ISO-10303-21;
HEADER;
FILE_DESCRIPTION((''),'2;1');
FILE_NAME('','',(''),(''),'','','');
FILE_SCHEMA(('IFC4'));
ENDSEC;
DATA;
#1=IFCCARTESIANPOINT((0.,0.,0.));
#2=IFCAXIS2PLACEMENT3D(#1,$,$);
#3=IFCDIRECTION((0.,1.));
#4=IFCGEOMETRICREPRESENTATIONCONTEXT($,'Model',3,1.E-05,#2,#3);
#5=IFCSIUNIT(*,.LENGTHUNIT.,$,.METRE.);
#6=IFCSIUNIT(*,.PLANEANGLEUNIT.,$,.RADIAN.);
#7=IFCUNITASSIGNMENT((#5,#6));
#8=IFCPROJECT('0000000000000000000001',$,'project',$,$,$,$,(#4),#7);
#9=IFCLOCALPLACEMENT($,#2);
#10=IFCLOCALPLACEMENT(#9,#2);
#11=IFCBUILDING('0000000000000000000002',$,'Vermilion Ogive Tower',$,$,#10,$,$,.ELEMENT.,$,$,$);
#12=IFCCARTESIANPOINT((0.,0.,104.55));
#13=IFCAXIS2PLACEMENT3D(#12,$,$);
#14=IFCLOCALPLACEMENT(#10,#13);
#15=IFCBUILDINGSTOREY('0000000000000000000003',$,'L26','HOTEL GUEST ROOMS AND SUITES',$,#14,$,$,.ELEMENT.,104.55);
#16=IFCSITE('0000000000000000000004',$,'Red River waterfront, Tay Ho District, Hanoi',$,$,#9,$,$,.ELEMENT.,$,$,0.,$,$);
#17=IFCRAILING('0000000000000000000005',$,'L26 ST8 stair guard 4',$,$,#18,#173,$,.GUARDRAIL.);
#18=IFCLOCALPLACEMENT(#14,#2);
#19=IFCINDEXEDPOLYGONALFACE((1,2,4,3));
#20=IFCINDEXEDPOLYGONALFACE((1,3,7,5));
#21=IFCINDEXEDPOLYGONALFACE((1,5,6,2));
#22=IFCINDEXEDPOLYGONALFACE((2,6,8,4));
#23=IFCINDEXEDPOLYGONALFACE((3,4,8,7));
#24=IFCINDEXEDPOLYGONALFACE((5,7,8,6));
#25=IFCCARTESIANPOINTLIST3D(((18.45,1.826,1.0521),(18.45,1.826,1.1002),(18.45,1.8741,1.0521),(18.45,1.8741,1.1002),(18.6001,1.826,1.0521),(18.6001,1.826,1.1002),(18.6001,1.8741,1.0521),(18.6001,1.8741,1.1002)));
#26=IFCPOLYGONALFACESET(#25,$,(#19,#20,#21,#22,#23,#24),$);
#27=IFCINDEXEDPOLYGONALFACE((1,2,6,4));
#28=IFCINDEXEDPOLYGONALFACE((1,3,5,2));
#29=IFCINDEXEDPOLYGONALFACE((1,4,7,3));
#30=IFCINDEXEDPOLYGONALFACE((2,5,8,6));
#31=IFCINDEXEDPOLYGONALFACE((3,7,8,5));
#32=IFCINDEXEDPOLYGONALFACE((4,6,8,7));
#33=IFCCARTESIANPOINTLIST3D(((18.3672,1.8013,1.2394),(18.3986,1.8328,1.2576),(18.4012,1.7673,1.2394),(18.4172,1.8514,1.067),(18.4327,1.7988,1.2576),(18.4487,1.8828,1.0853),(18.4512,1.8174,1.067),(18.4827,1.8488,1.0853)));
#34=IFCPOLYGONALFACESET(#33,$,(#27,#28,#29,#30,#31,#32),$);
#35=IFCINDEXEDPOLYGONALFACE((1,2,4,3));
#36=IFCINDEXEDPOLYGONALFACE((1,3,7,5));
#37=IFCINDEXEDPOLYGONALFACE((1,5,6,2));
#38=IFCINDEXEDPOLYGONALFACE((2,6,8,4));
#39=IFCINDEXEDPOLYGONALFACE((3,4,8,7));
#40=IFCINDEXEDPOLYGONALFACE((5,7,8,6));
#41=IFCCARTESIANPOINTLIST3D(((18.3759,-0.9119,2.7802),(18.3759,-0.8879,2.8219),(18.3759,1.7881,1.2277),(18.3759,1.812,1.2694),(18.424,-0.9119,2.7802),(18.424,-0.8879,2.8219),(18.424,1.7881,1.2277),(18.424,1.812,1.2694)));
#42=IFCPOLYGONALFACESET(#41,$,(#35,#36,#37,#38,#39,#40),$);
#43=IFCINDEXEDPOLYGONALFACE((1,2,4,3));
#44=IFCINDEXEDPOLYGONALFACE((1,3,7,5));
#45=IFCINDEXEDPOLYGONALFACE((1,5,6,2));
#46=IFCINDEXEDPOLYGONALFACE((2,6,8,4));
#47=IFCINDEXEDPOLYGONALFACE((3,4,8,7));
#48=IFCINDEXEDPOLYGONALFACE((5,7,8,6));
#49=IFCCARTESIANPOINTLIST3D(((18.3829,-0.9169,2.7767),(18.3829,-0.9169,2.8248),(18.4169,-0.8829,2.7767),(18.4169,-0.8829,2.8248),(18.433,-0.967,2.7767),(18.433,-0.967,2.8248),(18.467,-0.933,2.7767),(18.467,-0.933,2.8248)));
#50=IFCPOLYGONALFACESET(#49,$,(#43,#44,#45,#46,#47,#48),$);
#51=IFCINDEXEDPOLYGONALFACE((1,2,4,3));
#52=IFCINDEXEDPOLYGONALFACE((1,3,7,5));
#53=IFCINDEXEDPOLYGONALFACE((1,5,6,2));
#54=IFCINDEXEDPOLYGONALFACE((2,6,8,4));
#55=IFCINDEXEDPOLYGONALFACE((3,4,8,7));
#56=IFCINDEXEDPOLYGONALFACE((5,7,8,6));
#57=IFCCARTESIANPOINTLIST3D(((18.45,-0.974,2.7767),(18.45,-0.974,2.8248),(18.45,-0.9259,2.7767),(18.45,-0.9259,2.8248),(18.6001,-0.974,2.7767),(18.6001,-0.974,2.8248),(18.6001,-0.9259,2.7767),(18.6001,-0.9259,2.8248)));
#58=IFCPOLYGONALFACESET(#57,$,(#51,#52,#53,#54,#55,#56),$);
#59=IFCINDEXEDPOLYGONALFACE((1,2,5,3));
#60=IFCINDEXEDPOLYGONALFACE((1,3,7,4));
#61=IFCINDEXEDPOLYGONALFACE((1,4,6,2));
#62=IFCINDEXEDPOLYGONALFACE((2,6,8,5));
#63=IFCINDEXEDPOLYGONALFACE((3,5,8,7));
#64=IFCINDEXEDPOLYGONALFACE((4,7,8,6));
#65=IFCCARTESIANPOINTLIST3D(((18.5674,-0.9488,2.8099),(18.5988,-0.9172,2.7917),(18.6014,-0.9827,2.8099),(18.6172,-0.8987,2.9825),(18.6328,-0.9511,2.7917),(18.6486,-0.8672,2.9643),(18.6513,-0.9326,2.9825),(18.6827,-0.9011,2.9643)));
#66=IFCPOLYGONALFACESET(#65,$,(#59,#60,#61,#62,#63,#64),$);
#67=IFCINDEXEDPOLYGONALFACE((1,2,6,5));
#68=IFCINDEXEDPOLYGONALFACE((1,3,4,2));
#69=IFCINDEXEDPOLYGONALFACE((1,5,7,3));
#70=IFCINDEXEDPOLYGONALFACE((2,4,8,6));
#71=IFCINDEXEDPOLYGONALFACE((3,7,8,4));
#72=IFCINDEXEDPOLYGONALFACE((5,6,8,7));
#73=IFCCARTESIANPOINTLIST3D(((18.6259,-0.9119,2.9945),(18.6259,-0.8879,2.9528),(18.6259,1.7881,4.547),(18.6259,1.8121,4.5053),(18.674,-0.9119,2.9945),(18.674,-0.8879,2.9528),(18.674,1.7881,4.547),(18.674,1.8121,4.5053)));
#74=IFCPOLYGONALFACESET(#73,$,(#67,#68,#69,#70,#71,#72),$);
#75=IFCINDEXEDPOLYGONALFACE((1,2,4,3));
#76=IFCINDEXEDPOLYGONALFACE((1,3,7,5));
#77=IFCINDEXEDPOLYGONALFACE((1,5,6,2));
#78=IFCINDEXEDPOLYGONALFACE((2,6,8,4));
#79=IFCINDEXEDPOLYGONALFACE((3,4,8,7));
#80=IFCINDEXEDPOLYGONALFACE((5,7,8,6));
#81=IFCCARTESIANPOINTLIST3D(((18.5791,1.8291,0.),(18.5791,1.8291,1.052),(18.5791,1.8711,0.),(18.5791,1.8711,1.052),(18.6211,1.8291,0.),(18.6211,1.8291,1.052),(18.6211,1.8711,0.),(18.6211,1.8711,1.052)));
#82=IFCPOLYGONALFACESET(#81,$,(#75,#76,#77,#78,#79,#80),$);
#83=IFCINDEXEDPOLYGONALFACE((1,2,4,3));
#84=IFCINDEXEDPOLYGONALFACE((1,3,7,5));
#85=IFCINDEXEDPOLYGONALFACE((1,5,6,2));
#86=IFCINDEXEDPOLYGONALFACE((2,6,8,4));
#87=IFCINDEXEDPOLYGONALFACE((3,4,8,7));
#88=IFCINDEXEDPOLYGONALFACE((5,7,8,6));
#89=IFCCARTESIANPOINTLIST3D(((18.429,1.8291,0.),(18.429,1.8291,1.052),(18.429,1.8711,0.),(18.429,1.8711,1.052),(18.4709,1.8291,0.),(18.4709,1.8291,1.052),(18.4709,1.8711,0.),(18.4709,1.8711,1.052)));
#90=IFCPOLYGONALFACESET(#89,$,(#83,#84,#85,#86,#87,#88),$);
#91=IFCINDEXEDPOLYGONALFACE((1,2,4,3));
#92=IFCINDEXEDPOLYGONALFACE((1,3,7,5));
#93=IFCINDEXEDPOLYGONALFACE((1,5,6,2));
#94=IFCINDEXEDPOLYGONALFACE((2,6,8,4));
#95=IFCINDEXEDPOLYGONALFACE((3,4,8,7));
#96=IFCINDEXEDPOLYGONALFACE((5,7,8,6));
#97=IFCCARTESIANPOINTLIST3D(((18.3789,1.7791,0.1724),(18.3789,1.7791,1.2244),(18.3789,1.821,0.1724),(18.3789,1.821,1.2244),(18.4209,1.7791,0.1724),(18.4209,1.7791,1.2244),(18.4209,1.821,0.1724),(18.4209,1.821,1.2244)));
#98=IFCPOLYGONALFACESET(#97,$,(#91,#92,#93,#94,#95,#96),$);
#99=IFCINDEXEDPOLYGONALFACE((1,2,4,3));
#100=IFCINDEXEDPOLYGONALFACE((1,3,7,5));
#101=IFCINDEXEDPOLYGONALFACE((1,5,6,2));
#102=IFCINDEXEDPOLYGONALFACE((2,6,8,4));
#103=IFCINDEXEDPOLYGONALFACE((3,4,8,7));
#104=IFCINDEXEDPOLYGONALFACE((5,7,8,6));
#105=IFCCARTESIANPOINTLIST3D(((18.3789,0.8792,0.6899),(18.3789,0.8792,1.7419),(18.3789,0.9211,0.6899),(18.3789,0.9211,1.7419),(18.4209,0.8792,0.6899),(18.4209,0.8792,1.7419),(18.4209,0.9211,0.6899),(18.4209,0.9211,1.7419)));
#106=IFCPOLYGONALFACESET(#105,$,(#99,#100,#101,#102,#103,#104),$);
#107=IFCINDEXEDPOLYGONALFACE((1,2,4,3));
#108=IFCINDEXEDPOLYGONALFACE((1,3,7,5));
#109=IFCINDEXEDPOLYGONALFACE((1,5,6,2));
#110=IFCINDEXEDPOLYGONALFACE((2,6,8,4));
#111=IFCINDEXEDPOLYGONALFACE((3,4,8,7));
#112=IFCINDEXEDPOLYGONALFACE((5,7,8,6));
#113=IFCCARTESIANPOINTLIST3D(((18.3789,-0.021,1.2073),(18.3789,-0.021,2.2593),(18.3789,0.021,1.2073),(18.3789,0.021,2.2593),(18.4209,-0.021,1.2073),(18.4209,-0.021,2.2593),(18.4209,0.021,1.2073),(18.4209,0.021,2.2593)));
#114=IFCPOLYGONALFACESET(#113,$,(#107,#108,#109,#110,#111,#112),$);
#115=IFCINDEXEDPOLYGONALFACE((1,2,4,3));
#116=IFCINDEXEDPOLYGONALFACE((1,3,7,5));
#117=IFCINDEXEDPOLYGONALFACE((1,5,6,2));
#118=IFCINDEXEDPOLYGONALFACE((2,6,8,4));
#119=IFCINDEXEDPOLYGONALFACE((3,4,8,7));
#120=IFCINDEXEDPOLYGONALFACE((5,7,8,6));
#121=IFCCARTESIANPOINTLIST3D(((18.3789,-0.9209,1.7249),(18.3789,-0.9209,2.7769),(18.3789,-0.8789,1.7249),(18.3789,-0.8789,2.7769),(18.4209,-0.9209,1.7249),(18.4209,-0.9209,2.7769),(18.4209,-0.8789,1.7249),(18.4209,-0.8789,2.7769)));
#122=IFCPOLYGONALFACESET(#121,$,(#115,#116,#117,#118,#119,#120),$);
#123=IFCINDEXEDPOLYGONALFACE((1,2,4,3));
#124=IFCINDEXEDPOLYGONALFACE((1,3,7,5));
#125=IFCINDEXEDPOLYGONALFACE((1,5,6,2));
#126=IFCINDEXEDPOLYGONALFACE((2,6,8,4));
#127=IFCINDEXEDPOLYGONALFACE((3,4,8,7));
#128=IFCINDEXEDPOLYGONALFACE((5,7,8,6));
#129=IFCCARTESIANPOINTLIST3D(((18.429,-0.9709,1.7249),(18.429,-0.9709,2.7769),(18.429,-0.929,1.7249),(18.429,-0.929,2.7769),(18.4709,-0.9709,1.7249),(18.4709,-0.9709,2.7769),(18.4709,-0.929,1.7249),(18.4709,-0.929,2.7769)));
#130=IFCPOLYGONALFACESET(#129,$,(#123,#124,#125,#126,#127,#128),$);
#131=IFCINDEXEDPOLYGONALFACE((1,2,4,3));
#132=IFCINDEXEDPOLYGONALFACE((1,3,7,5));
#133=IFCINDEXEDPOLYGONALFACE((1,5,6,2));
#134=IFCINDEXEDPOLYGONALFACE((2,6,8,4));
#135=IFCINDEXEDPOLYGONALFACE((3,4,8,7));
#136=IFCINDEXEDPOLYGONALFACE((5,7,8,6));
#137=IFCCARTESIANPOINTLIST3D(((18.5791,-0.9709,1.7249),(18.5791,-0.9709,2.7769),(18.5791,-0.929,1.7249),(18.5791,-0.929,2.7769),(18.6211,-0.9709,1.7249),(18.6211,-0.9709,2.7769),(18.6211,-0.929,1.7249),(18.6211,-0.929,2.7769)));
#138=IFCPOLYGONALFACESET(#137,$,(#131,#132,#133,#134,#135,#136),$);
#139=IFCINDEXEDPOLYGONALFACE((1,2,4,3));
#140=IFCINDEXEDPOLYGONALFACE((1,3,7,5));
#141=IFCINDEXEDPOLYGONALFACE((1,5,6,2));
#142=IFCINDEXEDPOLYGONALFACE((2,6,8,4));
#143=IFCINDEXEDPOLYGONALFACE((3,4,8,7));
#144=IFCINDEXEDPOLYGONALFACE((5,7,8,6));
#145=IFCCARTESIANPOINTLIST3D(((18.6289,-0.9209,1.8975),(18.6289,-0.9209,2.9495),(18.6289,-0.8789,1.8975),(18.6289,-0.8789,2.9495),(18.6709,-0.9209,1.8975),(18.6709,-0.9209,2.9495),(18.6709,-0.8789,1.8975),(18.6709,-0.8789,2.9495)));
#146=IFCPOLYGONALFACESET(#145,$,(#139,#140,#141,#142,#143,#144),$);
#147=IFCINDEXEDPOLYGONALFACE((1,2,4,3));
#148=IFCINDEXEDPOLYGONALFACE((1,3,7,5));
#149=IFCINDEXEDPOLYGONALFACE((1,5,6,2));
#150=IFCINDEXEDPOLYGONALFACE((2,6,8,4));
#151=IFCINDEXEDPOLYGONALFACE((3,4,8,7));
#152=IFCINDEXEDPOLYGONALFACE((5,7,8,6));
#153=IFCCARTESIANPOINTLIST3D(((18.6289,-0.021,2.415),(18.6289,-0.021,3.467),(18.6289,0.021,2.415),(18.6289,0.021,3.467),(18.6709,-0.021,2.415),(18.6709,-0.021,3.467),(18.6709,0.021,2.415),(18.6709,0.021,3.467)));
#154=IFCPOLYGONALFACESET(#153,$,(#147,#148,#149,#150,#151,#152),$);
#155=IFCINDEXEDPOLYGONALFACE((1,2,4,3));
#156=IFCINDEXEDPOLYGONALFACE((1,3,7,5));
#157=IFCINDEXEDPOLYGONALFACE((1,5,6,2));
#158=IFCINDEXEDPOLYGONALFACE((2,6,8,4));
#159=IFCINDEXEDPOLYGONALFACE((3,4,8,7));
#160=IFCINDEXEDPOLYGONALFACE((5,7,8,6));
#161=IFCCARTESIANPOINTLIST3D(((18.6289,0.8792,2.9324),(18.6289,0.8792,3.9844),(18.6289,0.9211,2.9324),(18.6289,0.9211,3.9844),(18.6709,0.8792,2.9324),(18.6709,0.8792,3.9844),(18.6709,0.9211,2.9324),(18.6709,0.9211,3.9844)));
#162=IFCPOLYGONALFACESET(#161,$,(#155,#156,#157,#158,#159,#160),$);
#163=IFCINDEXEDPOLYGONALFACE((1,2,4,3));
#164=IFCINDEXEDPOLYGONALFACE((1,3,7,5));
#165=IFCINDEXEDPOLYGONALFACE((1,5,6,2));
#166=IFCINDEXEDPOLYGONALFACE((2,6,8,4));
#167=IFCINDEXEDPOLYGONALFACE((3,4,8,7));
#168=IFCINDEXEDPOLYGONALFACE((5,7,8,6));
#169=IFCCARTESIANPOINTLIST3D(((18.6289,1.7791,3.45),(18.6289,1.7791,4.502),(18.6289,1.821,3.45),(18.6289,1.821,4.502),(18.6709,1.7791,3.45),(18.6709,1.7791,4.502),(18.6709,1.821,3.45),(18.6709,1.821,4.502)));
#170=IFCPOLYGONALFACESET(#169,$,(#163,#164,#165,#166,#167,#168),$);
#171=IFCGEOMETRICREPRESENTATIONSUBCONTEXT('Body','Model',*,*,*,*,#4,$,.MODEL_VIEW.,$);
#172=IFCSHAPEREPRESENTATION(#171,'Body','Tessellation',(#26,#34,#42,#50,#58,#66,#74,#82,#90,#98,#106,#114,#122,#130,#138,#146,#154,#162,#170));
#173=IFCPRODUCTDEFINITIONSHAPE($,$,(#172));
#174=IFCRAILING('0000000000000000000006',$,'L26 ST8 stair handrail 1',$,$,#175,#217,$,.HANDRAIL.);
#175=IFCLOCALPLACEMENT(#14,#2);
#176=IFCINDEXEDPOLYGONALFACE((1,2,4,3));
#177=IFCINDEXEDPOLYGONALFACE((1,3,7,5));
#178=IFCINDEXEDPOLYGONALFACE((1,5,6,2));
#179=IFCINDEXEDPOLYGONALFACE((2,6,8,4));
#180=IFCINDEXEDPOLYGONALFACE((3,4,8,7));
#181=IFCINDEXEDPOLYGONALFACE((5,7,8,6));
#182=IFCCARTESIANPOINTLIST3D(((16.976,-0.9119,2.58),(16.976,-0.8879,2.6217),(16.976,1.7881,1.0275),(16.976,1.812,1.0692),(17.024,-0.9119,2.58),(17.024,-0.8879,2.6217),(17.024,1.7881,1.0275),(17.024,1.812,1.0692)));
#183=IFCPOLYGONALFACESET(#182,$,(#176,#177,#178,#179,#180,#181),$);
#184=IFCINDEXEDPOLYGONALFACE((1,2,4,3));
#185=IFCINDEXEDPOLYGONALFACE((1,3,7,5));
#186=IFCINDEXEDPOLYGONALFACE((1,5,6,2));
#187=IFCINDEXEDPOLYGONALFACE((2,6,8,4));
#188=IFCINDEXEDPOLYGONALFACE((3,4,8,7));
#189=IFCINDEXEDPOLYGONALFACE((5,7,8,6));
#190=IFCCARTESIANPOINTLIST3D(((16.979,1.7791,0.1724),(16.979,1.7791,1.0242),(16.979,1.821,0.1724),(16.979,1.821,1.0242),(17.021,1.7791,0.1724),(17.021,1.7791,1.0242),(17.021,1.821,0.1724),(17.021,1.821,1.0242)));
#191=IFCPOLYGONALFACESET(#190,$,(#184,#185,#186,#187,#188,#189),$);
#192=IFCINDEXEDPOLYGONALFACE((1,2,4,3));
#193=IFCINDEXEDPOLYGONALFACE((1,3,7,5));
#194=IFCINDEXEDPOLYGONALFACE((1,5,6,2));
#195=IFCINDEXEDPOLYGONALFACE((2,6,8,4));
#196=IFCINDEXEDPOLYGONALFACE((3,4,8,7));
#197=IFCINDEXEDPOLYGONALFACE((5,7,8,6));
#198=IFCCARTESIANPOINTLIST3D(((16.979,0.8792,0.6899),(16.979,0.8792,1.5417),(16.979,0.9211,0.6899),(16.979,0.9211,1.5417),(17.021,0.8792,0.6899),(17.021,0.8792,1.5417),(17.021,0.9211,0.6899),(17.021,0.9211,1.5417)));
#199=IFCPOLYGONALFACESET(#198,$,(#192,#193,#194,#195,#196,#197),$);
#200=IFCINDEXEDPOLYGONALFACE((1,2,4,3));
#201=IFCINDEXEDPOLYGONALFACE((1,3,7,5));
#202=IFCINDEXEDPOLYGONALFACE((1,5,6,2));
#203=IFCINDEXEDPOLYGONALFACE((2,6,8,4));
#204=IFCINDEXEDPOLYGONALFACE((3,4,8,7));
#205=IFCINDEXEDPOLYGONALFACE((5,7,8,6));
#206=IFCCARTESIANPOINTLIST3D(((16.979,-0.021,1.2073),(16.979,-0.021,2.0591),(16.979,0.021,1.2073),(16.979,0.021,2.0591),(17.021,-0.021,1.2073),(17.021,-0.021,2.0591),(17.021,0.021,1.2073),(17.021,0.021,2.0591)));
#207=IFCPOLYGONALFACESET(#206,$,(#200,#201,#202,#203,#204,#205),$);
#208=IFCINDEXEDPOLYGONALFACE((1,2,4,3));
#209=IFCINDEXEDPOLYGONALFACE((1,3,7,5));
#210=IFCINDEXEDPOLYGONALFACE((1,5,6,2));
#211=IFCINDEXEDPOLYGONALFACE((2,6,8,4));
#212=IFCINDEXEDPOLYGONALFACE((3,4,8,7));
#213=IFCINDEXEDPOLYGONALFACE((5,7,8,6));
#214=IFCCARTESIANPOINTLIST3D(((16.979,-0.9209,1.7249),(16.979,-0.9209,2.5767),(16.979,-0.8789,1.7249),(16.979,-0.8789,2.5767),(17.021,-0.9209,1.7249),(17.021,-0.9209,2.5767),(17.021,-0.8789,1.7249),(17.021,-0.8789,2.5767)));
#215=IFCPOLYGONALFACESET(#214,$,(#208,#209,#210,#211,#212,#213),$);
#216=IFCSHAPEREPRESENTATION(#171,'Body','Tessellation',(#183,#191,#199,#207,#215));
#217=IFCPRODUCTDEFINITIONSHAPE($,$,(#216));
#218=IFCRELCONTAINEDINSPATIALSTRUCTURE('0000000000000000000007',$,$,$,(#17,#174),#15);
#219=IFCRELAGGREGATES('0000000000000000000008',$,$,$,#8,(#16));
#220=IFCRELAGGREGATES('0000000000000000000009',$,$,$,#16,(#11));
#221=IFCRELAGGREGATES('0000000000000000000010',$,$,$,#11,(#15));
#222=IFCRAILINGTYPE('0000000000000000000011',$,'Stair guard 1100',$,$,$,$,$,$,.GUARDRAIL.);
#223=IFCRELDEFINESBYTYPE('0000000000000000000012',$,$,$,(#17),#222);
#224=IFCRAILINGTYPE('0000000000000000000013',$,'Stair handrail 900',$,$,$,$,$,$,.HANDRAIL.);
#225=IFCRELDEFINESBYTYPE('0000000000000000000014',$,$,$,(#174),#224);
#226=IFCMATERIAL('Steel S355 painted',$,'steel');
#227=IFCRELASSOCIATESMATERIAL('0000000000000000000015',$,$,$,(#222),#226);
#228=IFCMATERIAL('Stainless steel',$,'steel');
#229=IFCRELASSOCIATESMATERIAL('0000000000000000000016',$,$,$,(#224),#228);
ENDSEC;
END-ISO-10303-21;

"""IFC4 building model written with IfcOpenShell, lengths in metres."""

from ifc_helpers import new_model, si_unit, direction, frame, origin, origin_2d, place, context, subcontext, project, spatial, rectangle, extrude, material, type_object, element, save


model = new_model("IFC4")

# Units and contexts
model_context = context("Model", 3, precision=1e-05, world=origin(), true_north=direction((0.0, 1.0)))
body_context = subcontext(model_context, "Body", "Model", "MODEL_VIEW")
ifc_project = project(units=[si_unit("LENGTHUNIT", "METRE"), si_unit("PLANEANGLEUNIT", "RADIAN")], contexts=[model_context])

# Site, building, storey
site_placement = place(None, origin())
site = spatial("IfcSite", under=ifc_project, at=site_placement, Name="Red River waterfront, Tay Ho District, Hanoi", CompositionType="ELEMENT", RefElevation=0.0)
building_placement = place(site_placement, origin())
building = spatial("IfcBuilding", under=site, at=building_placement, Name="Vermilion Ogive Tower", CompositionType="ELEMENT")
storey_placement = place(building_placement, frame((0.0, 0.0, 104.55)))
storey = spatial("IfcBuildingStorey", under=building, at=storey_placement, Name="L26", Description="HOTEL GUEST ROOMS AND SUITES", CompositionType="ELEMENT", Elevation=104.55)

# Railings
ifc_material_1 = material(Name="Steel S355 painted", Category="steel")
railing_type_1 = type_object("IfcRailingType", Name="Stair guard 1100", PredefinedType="GUARDRAIL", material=ifc_material_1)
railing_1_placement = place(storey_placement, frame((18.6001, 1.8501, 0.0)))
element("IfcRailing", 1, at=railing_1_placement, inside=storey, type_object=railing_type_1, Name="L26 ST8 stair guard 4", PredefinedType="GUARDRAIL", context=body_context, shape_type="SweptSolid", body=[
    extrude(rectangle(XDim=0.0481, YDim=0.0481, at=origin_2d()), frame((0.0, 0.0, 1.0762), z_axis=(-1.0, 0.0, 0.0), x_axis=(0.0, -1.0, 0.0)), (0.0, 0.0, 1.0), 0.1501),
    extrude(rectangle(XDim=0.0481, YDim=0.0481, at=origin_2d()), frame((-0.1501, 0.0, 1.0762), z_axis=(-0.268603, -0.268603, 0.925043), x_axis=(0.707107, -0.707107, 0.0)), (0.0, 0.0, 1.0), 0.1863),
    extrude(rectangle(XDim=0.0481, YDim=0.0481, at=origin_2d()), frame((-0.2002, -0.05, 1.2485), z_axis=(0.0, -0.866904, 0.498476), x_axis=(1.0, 0.0, 0.0)), (0.0, 0.0, 1.0), 3.1145),
    extrude(rectangle(XDim=0.0481, YDim=0.0481, at=origin_2d()), frame((-0.2002, -2.75, 2.8008), z_axis=(0.707107, -0.707107, 0.0), x_axis=(0.707107, 0.707107, 0.0)), (0.0, 0.0, 1.0), 0.0708),
    extrude(rectangle(XDim=0.0481, YDim=0.0481, at=origin_2d()), frame((-0.1501, -2.8, 2.8008), z_axis=(1.0, 0.0, 0.0), x_axis=(0.0, 1.0, 0.0)), (0.0, 0.0, 1.0), 0.1501),
    extrude(rectangle(XDim=0.0481, YDim=0.0481, at=origin_2d()), frame((0.0, -2.8, 2.8008), z_axis=(0.267063, 0.268372, 0.925556), x_axis=(-0.708834, 0.705376, 0.0)), (0.0, 0.0, 1.0), 0.1865),
    extrude(rectangle(XDim=0.0481, YDim=0.0481, at=origin_2d()), frame((0.0498, -2.75, 2.9736), z_axis=(0.0, 0.866904, 0.498476), x_axis=(-1.0, 0.0, 0.0)), (0.0, 0.0, 1.0), 3.1145),
    extrude(rectangle(XDim=0.042, YDim=0.042, at=origin_2d()), origin(), (0.0, 0.0, 1.0), 1.052),
    extrude(rectangle(XDim=0.042, YDim=0.042, at=origin_2d()), frame((-0.1501, 0.0, 0.0)), (0.0, 0.0, 1.0), 1.052),
    extrude(rectangle(XDim=0.042, YDim=0.042, at=origin_2d()), frame((-0.2002, -0.05, 0.1724)), (0.0, 0.0, 1.0), 1.052),
    extrude(rectangle(XDim=0.042, YDim=0.042, at=origin_2d()), frame((-0.2002, -0.95, 0.6899)), (0.0, 0.0, 1.0), 1.052),
    extrude(rectangle(XDim=0.042, YDim=0.042, at=origin_2d()), frame((-0.2002, -1.8501, 1.2073)), (0.0, 0.0, 1.0), 1.052),
    extrude(rectangle(XDim=0.042, YDim=0.042, at=origin_2d()), frame((-0.2002, -2.75, 1.7249)), (0.0, 0.0, 1.0), 1.052),
    extrude(rectangle(XDim=0.042, YDim=0.042, at=origin_2d()), frame((-0.1501, -2.8, 1.7249)), (0.0, 0.0, 1.0), 1.052),
    extrude(rectangle(XDim=0.042, YDim=0.042, at=origin_2d()), frame((0.0, -2.8, 1.7249)), (0.0, 0.0, 1.0), 1.052),
    extrude(rectangle(XDim=0.042, YDim=0.042, at=origin_2d()), frame((0.0498, -2.75, 1.8975)), (0.0, 0.0, 1.0), 1.052),
    extrude(rectangle(XDim=0.042, YDim=0.042, at=origin_2d()), frame((0.0498, -1.8501, 2.415)), (0.0, 0.0, 1.0), 1.052),
    extrude(rectangle(XDim=0.042, YDim=0.042, at=origin_2d()), frame((0.0498, -0.95, 2.9324)), (0.0, 0.0, 1.0), 1.052),
    extrude(rectangle(XDim=0.042, YDim=0.042, at=origin_2d()), frame((0.0498, -0.05, 3.45)), (0.0, 0.0, 1.0), 1.052),
])
ifc_material_2 = material(Name="Stainless steel", Category="steel")
railing_type_2 = type_object("IfcRailingType", Name="Stair handrail 900", PredefinedType="HANDRAIL", material=ifc_material_2)
railing_2_placement = place(storey_placement, frame((17.0, 1.8, 0.1724)))
element("IfcRailing", 2, at=railing_2_placement, inside=storey, type_object=railing_type_2, Name="L26 ST8 stair handrail 1", PredefinedType="HANDRAIL", context=body_context, shape_type="SweptSolid", body=[
    extrude(rectangle(XDim=0.0481, YDim=0.0481, at=origin_2d()), frame((0.0, 0.0, 0.876), z_axis=(0.0, -0.866904, 0.498476), x_axis=(1.0, 0.0, 0.0)), (0.0, 0.0, 1.0), 3.1145),
    extrude(rectangle(XDim=0.042, YDim=0.042, at=origin_2d()), origin(), (0.0, 0.0, 1.0), 0.8518),
    extrude(rectangle(XDim=0.042, YDim=0.042, at=origin_2d()), frame((0.0, -0.8999, 0.5176)), (0.0, 0.0, 1.0), 0.8518),
    extrude(rectangle(XDim=0.042, YDim=0.042, at=origin_2d()), frame((0.0, -1.8, 1.0349)), (0.0, 0.0, 1.0), 0.8518),
    extrude(rectangle(XDim=0.042, YDim=0.042, at=origin_2d()), frame((0.0, -2.7, 1.5525)), (0.0, 0.0, 1.0), 0.8518),
])

save(model, "model.ifc")
